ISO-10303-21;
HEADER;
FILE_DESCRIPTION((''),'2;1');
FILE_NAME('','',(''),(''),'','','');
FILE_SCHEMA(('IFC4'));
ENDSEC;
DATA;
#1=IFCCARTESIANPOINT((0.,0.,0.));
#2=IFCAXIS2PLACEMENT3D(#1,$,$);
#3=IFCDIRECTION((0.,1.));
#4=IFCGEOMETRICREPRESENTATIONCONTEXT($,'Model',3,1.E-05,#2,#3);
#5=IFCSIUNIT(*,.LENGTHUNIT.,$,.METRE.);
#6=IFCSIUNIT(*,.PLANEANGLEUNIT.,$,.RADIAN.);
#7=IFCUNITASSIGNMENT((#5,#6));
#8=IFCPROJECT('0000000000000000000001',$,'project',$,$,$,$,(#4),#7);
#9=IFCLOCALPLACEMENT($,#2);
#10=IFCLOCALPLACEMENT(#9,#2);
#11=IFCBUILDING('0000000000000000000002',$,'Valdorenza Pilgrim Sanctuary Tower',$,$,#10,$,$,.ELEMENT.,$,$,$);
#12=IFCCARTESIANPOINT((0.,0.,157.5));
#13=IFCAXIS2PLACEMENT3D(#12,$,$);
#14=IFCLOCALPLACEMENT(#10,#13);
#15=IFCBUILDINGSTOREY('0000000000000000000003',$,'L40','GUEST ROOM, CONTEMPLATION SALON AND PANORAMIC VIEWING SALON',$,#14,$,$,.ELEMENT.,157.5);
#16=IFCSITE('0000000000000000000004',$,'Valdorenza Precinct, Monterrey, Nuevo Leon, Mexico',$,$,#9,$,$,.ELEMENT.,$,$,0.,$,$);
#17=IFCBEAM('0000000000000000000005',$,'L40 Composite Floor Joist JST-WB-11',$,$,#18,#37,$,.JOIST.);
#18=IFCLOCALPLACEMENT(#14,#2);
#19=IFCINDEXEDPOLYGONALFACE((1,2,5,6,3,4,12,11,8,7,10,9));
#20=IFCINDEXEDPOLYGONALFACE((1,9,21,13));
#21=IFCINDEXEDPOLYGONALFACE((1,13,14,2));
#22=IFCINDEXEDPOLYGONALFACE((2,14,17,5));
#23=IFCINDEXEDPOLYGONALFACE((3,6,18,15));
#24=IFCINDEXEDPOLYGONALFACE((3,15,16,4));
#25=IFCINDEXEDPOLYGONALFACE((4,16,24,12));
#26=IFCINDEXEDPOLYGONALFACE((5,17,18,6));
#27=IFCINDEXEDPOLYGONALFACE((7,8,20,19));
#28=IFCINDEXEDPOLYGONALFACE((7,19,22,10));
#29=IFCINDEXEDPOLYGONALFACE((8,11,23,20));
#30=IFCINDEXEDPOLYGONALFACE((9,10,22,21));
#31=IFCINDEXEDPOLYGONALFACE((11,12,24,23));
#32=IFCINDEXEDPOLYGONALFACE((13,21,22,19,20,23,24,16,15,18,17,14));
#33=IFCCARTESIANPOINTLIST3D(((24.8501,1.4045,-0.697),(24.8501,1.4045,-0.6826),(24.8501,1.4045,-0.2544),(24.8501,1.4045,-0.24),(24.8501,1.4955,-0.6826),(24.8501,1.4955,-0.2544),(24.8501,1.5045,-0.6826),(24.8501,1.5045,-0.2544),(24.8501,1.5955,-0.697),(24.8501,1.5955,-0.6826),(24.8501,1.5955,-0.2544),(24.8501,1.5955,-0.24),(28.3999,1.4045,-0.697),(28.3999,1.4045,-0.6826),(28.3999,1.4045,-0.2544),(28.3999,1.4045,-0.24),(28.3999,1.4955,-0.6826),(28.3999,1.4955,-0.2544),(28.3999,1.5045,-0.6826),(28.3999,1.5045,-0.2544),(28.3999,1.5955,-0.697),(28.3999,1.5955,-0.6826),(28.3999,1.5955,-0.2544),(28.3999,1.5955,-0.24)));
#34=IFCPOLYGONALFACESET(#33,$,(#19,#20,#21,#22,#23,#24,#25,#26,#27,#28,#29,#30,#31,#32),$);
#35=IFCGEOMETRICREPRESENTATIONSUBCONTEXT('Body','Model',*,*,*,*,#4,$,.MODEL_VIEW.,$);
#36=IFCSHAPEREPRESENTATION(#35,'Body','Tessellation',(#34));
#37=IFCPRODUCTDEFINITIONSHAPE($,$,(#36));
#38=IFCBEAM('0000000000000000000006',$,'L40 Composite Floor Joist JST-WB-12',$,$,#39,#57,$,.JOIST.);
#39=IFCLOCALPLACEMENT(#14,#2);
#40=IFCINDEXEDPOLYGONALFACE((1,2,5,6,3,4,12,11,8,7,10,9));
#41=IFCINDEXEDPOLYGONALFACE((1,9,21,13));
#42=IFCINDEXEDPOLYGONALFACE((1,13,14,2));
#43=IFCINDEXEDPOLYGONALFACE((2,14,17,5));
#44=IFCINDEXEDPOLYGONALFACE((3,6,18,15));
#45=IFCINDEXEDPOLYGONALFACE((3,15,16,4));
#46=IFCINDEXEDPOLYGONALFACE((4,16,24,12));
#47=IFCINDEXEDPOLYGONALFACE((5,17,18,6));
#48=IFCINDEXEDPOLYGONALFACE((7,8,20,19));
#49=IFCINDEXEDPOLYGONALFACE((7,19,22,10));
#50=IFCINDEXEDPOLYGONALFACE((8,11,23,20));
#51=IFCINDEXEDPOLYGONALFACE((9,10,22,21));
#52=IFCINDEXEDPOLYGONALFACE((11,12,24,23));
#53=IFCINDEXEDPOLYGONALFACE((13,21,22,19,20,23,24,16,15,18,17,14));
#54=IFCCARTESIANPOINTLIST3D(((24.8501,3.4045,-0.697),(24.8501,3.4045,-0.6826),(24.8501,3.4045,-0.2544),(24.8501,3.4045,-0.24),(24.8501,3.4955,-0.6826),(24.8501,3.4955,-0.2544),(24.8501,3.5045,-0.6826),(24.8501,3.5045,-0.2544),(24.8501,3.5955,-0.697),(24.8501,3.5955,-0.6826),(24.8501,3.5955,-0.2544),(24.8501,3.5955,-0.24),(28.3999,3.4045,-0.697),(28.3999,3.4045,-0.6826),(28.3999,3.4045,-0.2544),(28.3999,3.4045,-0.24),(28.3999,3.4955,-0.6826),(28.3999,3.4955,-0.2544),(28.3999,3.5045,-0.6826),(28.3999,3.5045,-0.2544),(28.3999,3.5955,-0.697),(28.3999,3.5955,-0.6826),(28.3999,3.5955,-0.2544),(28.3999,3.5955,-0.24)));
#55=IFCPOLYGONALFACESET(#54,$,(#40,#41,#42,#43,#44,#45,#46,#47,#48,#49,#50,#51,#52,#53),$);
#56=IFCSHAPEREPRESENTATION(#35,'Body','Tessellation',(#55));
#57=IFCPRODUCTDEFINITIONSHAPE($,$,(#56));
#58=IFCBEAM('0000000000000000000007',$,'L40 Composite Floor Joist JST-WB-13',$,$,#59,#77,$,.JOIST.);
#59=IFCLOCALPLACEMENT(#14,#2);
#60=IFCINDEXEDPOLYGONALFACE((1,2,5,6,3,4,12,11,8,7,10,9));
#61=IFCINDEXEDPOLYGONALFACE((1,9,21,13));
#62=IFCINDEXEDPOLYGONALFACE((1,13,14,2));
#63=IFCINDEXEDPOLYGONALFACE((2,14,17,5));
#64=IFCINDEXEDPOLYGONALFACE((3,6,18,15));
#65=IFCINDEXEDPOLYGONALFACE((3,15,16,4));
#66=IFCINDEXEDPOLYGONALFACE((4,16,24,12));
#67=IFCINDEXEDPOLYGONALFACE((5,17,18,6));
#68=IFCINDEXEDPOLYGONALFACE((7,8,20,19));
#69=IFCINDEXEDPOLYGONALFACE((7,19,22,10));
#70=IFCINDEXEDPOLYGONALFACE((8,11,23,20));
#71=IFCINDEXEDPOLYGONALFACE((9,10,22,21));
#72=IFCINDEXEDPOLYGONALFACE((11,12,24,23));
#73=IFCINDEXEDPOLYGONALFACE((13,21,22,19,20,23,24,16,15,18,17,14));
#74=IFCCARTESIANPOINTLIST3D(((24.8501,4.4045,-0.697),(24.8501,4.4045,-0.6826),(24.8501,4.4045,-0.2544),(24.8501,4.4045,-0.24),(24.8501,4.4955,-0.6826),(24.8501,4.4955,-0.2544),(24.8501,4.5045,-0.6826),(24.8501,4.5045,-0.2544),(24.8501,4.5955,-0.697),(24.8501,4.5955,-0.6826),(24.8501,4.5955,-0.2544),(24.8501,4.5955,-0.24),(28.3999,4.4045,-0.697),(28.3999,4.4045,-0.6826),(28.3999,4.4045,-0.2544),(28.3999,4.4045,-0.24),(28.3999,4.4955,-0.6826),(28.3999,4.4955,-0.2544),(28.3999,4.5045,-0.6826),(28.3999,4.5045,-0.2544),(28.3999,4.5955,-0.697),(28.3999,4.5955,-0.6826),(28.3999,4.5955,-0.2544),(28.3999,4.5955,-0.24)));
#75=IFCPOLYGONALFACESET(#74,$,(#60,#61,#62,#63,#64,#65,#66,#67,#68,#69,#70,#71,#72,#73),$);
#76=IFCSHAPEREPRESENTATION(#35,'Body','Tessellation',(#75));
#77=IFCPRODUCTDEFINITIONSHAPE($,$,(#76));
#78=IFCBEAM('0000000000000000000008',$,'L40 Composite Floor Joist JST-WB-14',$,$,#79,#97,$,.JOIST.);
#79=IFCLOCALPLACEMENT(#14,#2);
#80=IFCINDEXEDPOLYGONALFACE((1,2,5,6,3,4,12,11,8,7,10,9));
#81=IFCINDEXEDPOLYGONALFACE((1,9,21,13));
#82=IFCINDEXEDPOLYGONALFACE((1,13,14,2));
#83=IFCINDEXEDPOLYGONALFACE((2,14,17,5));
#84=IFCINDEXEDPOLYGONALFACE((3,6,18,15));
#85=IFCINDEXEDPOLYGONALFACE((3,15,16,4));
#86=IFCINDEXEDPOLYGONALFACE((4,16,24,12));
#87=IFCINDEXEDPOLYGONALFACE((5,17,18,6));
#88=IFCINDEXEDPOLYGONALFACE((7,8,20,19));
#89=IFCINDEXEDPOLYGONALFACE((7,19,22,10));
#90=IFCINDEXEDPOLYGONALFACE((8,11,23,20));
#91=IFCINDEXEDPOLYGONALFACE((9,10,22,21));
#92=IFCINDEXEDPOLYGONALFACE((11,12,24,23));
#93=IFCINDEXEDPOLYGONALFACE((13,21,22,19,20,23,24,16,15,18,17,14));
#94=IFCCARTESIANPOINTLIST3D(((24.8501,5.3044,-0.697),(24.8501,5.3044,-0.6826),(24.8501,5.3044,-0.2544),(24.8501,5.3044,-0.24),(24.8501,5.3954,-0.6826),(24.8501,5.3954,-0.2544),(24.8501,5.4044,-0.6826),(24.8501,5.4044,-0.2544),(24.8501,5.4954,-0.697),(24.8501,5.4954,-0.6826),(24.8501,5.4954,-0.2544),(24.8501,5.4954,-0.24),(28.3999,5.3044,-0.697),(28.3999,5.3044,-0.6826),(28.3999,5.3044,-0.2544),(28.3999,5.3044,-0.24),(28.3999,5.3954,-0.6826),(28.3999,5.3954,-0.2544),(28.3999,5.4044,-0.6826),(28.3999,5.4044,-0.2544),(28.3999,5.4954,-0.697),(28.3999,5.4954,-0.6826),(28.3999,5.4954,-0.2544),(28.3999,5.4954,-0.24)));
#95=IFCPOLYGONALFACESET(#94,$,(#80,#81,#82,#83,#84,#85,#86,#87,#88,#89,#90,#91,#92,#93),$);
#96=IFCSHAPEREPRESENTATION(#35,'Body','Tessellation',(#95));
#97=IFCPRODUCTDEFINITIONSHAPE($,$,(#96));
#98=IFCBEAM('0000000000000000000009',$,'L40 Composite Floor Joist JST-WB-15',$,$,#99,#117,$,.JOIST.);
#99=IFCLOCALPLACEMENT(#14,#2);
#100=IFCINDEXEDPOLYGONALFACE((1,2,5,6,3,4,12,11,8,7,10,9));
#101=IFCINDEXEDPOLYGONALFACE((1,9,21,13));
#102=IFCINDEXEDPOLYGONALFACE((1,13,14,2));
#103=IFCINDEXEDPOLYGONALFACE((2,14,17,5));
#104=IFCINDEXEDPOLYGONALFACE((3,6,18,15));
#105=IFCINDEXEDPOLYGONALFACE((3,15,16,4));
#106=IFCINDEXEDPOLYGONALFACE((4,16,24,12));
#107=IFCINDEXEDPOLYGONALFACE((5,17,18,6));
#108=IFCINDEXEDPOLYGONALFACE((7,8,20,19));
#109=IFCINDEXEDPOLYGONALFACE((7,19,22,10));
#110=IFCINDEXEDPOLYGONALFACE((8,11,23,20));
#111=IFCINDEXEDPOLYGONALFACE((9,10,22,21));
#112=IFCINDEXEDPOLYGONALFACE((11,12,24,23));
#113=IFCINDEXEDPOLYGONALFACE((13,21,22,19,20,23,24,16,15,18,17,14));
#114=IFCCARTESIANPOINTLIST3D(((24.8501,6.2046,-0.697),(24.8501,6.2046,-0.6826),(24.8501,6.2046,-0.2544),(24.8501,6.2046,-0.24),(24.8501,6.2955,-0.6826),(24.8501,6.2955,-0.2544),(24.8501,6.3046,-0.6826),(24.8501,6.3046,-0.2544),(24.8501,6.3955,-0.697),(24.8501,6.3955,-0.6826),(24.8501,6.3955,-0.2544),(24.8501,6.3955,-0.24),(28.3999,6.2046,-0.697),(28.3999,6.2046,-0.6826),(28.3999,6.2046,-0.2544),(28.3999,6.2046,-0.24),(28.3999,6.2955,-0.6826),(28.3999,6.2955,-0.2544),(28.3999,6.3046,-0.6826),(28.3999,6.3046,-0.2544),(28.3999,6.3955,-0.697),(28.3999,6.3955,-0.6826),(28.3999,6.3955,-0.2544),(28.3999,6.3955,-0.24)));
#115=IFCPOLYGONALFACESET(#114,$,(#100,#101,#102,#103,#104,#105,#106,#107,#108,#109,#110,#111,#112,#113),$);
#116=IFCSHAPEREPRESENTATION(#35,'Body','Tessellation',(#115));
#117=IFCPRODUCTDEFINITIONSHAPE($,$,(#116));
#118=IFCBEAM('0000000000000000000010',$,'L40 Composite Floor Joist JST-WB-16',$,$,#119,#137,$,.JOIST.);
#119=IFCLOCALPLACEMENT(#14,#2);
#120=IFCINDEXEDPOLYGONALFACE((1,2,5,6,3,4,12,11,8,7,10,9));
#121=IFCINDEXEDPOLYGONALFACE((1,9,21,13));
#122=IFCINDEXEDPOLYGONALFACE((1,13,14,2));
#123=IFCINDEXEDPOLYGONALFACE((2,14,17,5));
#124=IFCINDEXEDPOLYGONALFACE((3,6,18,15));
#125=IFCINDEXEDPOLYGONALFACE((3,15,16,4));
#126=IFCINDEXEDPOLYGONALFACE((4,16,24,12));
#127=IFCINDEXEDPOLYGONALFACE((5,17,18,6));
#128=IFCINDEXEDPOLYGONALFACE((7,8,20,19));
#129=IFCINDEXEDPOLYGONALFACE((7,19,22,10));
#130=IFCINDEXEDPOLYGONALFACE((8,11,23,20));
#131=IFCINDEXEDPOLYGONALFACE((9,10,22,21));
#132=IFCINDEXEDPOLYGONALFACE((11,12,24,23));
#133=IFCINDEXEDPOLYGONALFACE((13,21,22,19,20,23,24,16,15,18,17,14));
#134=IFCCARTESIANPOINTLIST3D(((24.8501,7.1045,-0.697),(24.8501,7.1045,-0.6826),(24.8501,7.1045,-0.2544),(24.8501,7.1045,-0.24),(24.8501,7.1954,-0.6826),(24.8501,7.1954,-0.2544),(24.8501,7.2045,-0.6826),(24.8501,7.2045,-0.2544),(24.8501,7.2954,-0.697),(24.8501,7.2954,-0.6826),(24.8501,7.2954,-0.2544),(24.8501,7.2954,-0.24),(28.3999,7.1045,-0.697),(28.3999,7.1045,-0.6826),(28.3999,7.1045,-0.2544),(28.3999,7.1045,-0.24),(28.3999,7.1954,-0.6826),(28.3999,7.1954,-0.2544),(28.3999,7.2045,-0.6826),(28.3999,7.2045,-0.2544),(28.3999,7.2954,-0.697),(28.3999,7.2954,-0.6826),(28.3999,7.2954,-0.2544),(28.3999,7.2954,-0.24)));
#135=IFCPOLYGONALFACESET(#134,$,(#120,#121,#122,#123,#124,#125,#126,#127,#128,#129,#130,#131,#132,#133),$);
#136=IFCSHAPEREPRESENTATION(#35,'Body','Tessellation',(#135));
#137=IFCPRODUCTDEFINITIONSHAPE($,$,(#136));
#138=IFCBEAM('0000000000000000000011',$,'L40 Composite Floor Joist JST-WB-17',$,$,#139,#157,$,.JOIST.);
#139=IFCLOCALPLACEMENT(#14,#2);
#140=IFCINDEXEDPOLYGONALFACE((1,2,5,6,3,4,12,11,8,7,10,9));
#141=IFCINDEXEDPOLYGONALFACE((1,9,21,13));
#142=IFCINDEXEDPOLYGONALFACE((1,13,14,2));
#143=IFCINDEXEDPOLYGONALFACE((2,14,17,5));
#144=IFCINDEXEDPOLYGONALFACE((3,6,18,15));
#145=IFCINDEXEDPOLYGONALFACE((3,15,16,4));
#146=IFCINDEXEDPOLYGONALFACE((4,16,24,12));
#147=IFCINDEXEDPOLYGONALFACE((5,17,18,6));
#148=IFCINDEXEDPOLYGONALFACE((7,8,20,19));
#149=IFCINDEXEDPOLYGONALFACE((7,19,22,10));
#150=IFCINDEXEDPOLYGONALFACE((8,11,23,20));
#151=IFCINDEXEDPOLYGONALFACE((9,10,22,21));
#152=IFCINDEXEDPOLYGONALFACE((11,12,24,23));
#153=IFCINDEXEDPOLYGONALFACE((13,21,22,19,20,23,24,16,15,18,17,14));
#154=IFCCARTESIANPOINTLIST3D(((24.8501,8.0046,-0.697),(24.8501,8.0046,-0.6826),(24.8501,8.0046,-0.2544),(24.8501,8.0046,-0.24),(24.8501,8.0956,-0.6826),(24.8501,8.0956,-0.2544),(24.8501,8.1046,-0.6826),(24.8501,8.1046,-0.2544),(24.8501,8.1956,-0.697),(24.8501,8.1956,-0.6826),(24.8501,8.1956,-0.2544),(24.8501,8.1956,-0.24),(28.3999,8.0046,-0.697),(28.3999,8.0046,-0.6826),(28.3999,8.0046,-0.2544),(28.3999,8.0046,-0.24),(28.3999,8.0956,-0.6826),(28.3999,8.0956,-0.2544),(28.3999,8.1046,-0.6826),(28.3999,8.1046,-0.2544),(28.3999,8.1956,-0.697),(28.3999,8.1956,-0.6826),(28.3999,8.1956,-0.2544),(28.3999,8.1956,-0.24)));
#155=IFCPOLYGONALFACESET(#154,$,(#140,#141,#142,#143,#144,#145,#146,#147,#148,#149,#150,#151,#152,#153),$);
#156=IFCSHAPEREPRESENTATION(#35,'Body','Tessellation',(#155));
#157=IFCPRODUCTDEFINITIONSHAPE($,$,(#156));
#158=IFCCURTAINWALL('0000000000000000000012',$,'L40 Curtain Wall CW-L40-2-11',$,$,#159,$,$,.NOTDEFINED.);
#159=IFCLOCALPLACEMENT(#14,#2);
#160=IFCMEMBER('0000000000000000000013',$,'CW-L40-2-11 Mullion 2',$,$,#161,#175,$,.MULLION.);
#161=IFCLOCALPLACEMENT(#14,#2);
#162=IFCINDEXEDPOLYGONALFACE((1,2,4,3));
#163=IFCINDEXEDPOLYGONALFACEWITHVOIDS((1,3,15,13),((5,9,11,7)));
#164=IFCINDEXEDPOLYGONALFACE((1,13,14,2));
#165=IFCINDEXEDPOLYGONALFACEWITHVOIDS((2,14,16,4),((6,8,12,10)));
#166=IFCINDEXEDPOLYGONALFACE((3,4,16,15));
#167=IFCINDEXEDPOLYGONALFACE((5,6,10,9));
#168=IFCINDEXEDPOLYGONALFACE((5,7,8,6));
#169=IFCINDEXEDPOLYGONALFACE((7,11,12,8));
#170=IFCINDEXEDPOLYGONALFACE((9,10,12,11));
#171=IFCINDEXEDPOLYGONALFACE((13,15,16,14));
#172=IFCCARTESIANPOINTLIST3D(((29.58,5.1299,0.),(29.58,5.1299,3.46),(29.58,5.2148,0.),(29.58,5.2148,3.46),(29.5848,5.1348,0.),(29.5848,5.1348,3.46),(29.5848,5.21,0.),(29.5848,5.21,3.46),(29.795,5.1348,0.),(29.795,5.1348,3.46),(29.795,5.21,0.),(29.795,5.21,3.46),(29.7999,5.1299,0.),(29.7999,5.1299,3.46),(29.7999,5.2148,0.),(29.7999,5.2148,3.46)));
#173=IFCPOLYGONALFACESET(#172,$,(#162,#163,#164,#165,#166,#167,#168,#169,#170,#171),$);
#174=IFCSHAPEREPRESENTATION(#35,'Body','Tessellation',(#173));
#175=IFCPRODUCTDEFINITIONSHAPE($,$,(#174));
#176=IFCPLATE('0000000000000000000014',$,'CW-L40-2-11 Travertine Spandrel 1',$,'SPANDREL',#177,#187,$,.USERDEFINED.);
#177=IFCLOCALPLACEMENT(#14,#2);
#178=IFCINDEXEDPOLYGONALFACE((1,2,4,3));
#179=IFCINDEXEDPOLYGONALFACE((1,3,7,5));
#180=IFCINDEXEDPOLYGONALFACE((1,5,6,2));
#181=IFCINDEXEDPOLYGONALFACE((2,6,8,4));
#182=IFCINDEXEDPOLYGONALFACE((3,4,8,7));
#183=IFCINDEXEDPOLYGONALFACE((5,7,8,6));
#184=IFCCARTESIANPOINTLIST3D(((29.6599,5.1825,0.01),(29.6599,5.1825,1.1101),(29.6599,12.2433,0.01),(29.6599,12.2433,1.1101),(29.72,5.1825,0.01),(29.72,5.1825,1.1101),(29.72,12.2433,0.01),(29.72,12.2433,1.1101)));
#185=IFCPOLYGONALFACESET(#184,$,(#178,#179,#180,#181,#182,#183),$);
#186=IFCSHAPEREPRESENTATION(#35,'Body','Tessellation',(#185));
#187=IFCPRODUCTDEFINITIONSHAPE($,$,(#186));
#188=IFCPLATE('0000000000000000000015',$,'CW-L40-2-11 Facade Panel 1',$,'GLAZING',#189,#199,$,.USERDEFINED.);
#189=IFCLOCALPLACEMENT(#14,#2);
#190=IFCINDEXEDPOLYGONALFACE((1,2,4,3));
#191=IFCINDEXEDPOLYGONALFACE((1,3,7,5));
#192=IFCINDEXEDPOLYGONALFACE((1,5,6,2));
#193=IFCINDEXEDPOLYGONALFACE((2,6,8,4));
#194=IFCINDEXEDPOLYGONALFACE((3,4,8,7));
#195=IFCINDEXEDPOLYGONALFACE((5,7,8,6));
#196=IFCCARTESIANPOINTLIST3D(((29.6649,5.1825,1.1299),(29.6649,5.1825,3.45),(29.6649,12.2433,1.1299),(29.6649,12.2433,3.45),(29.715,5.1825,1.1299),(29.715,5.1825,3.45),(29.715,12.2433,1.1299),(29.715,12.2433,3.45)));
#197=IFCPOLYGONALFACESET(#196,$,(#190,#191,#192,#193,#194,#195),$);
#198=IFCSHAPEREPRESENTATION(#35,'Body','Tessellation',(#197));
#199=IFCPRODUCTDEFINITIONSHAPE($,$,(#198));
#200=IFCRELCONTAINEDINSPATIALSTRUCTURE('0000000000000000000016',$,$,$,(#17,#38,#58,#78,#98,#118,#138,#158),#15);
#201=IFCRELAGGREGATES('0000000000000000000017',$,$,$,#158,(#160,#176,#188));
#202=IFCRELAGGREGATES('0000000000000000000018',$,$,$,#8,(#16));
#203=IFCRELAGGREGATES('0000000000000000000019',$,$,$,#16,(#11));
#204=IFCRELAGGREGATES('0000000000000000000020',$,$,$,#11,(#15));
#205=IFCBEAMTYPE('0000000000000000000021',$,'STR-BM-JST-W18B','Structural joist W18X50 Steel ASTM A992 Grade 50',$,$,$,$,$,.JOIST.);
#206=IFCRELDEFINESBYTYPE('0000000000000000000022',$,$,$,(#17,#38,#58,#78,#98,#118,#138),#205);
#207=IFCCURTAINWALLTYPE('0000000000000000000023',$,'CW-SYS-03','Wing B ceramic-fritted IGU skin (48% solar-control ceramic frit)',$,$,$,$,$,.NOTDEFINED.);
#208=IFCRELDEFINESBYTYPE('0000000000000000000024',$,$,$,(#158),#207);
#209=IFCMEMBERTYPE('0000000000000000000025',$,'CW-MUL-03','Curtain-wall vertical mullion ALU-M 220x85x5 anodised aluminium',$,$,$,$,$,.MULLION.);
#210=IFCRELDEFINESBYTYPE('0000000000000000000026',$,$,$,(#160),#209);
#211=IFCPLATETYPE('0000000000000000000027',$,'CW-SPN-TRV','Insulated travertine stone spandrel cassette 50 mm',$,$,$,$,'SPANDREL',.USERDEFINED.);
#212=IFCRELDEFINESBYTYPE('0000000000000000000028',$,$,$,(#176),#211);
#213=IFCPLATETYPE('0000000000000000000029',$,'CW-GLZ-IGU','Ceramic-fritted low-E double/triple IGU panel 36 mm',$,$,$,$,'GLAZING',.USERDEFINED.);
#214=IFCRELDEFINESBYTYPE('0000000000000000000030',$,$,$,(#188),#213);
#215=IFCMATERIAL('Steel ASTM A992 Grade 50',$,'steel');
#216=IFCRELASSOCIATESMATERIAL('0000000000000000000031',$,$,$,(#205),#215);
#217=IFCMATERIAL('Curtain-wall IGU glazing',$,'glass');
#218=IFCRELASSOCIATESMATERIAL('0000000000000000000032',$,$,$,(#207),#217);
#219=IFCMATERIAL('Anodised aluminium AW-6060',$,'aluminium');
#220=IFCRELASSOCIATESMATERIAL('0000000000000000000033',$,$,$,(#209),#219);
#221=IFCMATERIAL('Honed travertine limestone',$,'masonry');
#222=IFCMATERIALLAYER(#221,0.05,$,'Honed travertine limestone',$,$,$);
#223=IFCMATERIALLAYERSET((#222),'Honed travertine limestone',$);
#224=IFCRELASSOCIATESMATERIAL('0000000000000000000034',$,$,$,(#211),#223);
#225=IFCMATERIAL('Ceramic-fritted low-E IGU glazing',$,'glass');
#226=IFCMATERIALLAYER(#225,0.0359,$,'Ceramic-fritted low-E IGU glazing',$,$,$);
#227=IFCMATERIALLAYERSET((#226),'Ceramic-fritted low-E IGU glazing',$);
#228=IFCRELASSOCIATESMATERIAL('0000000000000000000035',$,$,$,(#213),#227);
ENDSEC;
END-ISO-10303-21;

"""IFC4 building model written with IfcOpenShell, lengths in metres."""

from ifc_helpers import new_model, si_unit, direction, frame, origin, origin_2d, place, context, subcontext, project, spatial, rectangle, hollow_rectangle, i_section, extrude, source, transform, mapped, material, layer, layer_set, material_profile, profile_set, type_object, element, aggregate, save


model = new_model("IFC4")

# Units and contexts
model_context = context("Model", 3, precision=1e-05, world=origin(), true_north=direction((0.0, 1.0)))
body_context = subcontext(model_context, "Body", "Model", "MODEL_VIEW")
ifc_project = project(units=[si_unit("LENGTHUNIT", "METRE"), si_unit("PLANEANGLEUNIT", "RADIAN")], contexts=[model_context])

# Site, building, storey
site_placement = place(None, origin())
site = spatial("IfcSite", under=ifc_project, at=site_placement, Name="Valdorenza Precinct, Monterrey, Nuevo Leon, Mexico", CompositionType="ELEMENT", RefElevation=0.0)
building_placement = place(site_placement, origin())
building = spatial("IfcBuilding", under=site, at=building_placement, Name="Valdorenza Pilgrim Sanctuary Tower", CompositionType="ELEMENT")
storey_placement = place(building_placement, frame((0.0, 0.0, 157.5)))
storey = spatial("IfcBuildingStorey", under=building, at=storey_placement, Name="L40", Description="GUEST ROOM, CONTEMPLATION SALON AND PANORAMIC VIEWING SALON", CompositionType="ELEMENT", Elevation=157.5)

# Beams
ifc_material_1 = material(Name="Steel ASTM A992 Grade 50", Category="steel")
ifc_material_profile_1 = material_profile(ifc_material_1, i_section(OverallWidth=0.1909, OverallDepth=0.457, WebThickness=0.009, FlangeThickness=0.0144, at=origin_2d()), Name="W18X50")
ifc_profile_set_1 = profile_set([ifc_material_profile_1], Name="Steel ASTM A992 Grade 50")
beam_type = type_object("IfcBeamType", Name="STR-BM-JST-W18B", Description="Structural joist W18X50 Steel ASTM A992 Grade 50", PredefinedType="JOIST", material=ifc_profile_set_1)
shared_shape_1 = source(origin(), body_context, "Body", "SweptSolid", [
    extrude(i_section(OverallWidth=0.1909, OverallDepth=0.457, WebThickness=0.009, FlangeThickness=0.0144, at=origin_2d()), origin(), (0.0, 0.0, 1.0), 3.5498),
])
for number, where, z_axis, x_axis, name in (
    (1, (24.8501, 1.5, -0.4685), (1.0, 0.0, 0.0), (0.0, 1.0, 0.0), "L40 Composite Floor Joist JST-WB-11"),
    (2, (24.8501, 3.5, -0.4685), (1.0, 0.0, 0.0), (0.0, 1.0, 0.0), "L40 Composite Floor Joist JST-WB-12"),
    (3, (24.8501, 4.5, -0.4685), (1.0, 0.0, 0.0), (0.0, 1.0, 0.0), "L40 Composite Floor Joist JST-WB-13"),
    (4, (24.8501, 5.3999, -0.4685), (1.0, 0.0, 0.0), (0.0, 1.0, 0.0), "L40 Composite Floor Joist JST-WB-14"),
    (5, (24.8501, 6.3, -0.4685), (1.0, 0.0, 0.0), (0.0, 1.0, 0.0), "L40 Composite Floor Joist JST-WB-15"),
    (6, (24.8501, 7.2, -0.4685), (1.0, 0.0, 0.0), (0.0, 1.0, 0.0), "L40 Composite Floor Joist JST-WB-16"),
    (7, (24.8501, 8.1001, -0.4685), (1.0, 0.0, 0.0), (0.0, 1.0, 0.0), "L40 Composite Floor Joist JST-WB-17"),
):
    element("IfcBeam", number, at=place(storey_placement, frame(where, z_axis=z_axis, x_axis=x_axis)), inside=storey, type_object=beam_type, Name=name, PredefinedType="JOIST", context=body_context, shape_type="MappedRepresentation", body=[
        mapped(shared_shape_1, transform((0.0, 0.0, 0.0), x_axis=(1.0, 0.0, 0.0), y_axis=(0.0, 1.0, 0.0), z_axis=(0.0, 0.0, 1.0), scale=1.0)),
    ])

# Curtain wall, member, plates
ifc_material_2 = material(Name="Curtain-wall IGU glazing", Category="glass")
curtain_wall_type = type_object("IfcCurtainWallType", Name="CW-SYS-03", Description="Wing B ceramic-fritted IGU skin (48% solar-control ceramic frit)", PredefinedType="NOTDEFINED", material=ifc_material_2)
curtain_wall_placement = place(storey_placement, origin())
curtain_wall = element("IfcCurtainWall", 8, at=curtain_wall_placement, inside=storey, type_object=curtain_wall_type, Name="L40 Curtain Wall CW-L40-2-11", PredefinedType="NOTDEFINED")
ifc_material_3 = material(Name="Anodised aluminium AW-6060", Category="aluminium")
ifc_material_profile_2 = material_profile(ifc_material_3, hollow_rectangle(XDim=0.085, YDim=0.22, WallThickness=0.0049, at=origin_2d()), Name="ALU-M 220x85x5")
ifc_profile_set_2 = profile_set([ifc_material_profile_2], Name="Anodised aluminium AW-6060")
member_type = type_object("IfcMemberType", Name="CW-MUL-03", Description="Curtain-wall vertical mullion ALU-M 220x85x5 anodised aluminium", PredefinedType="MULLION", material=ifc_profile_set_2)
shared_shape_2 = source(origin(), body_context, "Body", "SweptSolid", [
    extrude(hollow_rectangle(XDim=0.085, YDim=0.22, WallThickness=0.0049, at=origin_2d()), origin(), (0.0, 0.0, 1.0), 3.46),
])
member_placement = place(storey_placement, frame((29.6899, 5.1724, 0.0), z_axis=(0.0, 0.0, 1.0), x_axis=(0.0, -1.0, 0.0)))
member = element("IfcMember", 9, at=member_placement, type_object=member_type, Name="CW-L40-2-11 Mullion 2", PredefinedType="MULLION", context=body_context, shape_type="MappedRepresentation", body=[
    mapped(shared_shape_2, transform((0.0, 0.0, 0.0), x_axis=(1.0, 0.0, 0.0), y_axis=(0.0, 1.0, 0.0), z_axis=(0.0, 0.0, 1.0), scale=1.0)),
])
ifc_material_4 = material(Name="Honed travertine limestone", Category="masonry")
ifc_layer_1 = layer(ifc_material_4, 0.05, Name="Honed travertine limestone")
ifc_layer_set_1 = layer_set([ifc_layer_1], Name="Honed travertine limestone")
plate_type_1 = type_object("IfcPlateType", Name="CW-SPN-TRV", Description="Insulated travertine stone spandrel cassette 50 mm", ElementType="SPANDREL", PredefinedType="USERDEFINED", material=ifc_layer_set_1)
shared_shape_3 = source(origin(), body_context, "Body", "SweptSolid", [
    extrude(rectangle(XDim=7.0608, YDim=0.0601, at=origin_2d()), origin(), (0.0, 0.0, 1.0), 1.1001),
])
plate_1_placement = place(storey_placement, frame((29.6899, 8.7129, 0.01), z_axis=(0.0, 0.0, 1.0), x_axis=(0.0, -1.0, 0.0)))
plate_1 = element("IfcPlate", 10, at=plate_1_placement, type_object=plate_type_1, Name="CW-L40-2-11 Travertine Spandrel 1", ObjectType="SPANDREL", PredefinedType="USERDEFINED", context=body_context, shape_type="MappedRepresentation", body=[
    mapped(shared_shape_3, transform((0.0, 0.0, 0.0), x_axis=(1.0, 0.0, 0.0), y_axis=(0.0, 1.0, 0.0), z_axis=(0.0, 0.0, 1.0), scale=1.0)),
])
ifc_material_5 = material(Name="Ceramic-fritted low-E IGU glazing", Category="glass")
ifc_layer_2 = layer(ifc_material_5, 0.0359, Name="Ceramic-fritted low-E IGU glazing")
ifc_layer_set_2 = layer_set([ifc_layer_2], Name="Ceramic-fritted low-E IGU glazing")
plate_type_2 = type_object("IfcPlateType", Name="CW-GLZ-IGU", Description="Ceramic-fritted low-E double/triple IGU panel 36 mm", ElementType="GLAZING", PredefinedType="USERDEFINED", material=ifc_layer_set_2)
shared_shape_4 = source(origin(), body_context, "Body", "SweptSolid", [
    extrude(rectangle(XDim=7.0608, YDim=0.05, at=origin_2d()), origin(), (0.0, 0.0, 1.0), 2.3201),
])
plate_2_placement = place(storey_placement, frame((29.6899, 8.7129, 1.1299), z_axis=(0.0, 0.0, 1.0), x_axis=(0.0, -1.0, 0.0)))
plate_2 = element("IfcPlate", 11, at=plate_2_placement, type_object=plate_type_2, Name="CW-L40-2-11 Facade Panel 1", ObjectType="GLAZING", PredefinedType="USERDEFINED", context=body_context, shape_type="MappedRepresentation", body=[
    mapped(shared_shape_4, transform((0.0, 0.0, 0.0), x_axis=(1.0, 0.0, 0.0), y_axis=(0.0, 1.0, 0.0), z_axis=(0.0, 0.0, 1.0), scale=1.0)),
])
aggregate(curtain_wall, [member, plate_1, plate_2])

save(model, "model.ifc")
